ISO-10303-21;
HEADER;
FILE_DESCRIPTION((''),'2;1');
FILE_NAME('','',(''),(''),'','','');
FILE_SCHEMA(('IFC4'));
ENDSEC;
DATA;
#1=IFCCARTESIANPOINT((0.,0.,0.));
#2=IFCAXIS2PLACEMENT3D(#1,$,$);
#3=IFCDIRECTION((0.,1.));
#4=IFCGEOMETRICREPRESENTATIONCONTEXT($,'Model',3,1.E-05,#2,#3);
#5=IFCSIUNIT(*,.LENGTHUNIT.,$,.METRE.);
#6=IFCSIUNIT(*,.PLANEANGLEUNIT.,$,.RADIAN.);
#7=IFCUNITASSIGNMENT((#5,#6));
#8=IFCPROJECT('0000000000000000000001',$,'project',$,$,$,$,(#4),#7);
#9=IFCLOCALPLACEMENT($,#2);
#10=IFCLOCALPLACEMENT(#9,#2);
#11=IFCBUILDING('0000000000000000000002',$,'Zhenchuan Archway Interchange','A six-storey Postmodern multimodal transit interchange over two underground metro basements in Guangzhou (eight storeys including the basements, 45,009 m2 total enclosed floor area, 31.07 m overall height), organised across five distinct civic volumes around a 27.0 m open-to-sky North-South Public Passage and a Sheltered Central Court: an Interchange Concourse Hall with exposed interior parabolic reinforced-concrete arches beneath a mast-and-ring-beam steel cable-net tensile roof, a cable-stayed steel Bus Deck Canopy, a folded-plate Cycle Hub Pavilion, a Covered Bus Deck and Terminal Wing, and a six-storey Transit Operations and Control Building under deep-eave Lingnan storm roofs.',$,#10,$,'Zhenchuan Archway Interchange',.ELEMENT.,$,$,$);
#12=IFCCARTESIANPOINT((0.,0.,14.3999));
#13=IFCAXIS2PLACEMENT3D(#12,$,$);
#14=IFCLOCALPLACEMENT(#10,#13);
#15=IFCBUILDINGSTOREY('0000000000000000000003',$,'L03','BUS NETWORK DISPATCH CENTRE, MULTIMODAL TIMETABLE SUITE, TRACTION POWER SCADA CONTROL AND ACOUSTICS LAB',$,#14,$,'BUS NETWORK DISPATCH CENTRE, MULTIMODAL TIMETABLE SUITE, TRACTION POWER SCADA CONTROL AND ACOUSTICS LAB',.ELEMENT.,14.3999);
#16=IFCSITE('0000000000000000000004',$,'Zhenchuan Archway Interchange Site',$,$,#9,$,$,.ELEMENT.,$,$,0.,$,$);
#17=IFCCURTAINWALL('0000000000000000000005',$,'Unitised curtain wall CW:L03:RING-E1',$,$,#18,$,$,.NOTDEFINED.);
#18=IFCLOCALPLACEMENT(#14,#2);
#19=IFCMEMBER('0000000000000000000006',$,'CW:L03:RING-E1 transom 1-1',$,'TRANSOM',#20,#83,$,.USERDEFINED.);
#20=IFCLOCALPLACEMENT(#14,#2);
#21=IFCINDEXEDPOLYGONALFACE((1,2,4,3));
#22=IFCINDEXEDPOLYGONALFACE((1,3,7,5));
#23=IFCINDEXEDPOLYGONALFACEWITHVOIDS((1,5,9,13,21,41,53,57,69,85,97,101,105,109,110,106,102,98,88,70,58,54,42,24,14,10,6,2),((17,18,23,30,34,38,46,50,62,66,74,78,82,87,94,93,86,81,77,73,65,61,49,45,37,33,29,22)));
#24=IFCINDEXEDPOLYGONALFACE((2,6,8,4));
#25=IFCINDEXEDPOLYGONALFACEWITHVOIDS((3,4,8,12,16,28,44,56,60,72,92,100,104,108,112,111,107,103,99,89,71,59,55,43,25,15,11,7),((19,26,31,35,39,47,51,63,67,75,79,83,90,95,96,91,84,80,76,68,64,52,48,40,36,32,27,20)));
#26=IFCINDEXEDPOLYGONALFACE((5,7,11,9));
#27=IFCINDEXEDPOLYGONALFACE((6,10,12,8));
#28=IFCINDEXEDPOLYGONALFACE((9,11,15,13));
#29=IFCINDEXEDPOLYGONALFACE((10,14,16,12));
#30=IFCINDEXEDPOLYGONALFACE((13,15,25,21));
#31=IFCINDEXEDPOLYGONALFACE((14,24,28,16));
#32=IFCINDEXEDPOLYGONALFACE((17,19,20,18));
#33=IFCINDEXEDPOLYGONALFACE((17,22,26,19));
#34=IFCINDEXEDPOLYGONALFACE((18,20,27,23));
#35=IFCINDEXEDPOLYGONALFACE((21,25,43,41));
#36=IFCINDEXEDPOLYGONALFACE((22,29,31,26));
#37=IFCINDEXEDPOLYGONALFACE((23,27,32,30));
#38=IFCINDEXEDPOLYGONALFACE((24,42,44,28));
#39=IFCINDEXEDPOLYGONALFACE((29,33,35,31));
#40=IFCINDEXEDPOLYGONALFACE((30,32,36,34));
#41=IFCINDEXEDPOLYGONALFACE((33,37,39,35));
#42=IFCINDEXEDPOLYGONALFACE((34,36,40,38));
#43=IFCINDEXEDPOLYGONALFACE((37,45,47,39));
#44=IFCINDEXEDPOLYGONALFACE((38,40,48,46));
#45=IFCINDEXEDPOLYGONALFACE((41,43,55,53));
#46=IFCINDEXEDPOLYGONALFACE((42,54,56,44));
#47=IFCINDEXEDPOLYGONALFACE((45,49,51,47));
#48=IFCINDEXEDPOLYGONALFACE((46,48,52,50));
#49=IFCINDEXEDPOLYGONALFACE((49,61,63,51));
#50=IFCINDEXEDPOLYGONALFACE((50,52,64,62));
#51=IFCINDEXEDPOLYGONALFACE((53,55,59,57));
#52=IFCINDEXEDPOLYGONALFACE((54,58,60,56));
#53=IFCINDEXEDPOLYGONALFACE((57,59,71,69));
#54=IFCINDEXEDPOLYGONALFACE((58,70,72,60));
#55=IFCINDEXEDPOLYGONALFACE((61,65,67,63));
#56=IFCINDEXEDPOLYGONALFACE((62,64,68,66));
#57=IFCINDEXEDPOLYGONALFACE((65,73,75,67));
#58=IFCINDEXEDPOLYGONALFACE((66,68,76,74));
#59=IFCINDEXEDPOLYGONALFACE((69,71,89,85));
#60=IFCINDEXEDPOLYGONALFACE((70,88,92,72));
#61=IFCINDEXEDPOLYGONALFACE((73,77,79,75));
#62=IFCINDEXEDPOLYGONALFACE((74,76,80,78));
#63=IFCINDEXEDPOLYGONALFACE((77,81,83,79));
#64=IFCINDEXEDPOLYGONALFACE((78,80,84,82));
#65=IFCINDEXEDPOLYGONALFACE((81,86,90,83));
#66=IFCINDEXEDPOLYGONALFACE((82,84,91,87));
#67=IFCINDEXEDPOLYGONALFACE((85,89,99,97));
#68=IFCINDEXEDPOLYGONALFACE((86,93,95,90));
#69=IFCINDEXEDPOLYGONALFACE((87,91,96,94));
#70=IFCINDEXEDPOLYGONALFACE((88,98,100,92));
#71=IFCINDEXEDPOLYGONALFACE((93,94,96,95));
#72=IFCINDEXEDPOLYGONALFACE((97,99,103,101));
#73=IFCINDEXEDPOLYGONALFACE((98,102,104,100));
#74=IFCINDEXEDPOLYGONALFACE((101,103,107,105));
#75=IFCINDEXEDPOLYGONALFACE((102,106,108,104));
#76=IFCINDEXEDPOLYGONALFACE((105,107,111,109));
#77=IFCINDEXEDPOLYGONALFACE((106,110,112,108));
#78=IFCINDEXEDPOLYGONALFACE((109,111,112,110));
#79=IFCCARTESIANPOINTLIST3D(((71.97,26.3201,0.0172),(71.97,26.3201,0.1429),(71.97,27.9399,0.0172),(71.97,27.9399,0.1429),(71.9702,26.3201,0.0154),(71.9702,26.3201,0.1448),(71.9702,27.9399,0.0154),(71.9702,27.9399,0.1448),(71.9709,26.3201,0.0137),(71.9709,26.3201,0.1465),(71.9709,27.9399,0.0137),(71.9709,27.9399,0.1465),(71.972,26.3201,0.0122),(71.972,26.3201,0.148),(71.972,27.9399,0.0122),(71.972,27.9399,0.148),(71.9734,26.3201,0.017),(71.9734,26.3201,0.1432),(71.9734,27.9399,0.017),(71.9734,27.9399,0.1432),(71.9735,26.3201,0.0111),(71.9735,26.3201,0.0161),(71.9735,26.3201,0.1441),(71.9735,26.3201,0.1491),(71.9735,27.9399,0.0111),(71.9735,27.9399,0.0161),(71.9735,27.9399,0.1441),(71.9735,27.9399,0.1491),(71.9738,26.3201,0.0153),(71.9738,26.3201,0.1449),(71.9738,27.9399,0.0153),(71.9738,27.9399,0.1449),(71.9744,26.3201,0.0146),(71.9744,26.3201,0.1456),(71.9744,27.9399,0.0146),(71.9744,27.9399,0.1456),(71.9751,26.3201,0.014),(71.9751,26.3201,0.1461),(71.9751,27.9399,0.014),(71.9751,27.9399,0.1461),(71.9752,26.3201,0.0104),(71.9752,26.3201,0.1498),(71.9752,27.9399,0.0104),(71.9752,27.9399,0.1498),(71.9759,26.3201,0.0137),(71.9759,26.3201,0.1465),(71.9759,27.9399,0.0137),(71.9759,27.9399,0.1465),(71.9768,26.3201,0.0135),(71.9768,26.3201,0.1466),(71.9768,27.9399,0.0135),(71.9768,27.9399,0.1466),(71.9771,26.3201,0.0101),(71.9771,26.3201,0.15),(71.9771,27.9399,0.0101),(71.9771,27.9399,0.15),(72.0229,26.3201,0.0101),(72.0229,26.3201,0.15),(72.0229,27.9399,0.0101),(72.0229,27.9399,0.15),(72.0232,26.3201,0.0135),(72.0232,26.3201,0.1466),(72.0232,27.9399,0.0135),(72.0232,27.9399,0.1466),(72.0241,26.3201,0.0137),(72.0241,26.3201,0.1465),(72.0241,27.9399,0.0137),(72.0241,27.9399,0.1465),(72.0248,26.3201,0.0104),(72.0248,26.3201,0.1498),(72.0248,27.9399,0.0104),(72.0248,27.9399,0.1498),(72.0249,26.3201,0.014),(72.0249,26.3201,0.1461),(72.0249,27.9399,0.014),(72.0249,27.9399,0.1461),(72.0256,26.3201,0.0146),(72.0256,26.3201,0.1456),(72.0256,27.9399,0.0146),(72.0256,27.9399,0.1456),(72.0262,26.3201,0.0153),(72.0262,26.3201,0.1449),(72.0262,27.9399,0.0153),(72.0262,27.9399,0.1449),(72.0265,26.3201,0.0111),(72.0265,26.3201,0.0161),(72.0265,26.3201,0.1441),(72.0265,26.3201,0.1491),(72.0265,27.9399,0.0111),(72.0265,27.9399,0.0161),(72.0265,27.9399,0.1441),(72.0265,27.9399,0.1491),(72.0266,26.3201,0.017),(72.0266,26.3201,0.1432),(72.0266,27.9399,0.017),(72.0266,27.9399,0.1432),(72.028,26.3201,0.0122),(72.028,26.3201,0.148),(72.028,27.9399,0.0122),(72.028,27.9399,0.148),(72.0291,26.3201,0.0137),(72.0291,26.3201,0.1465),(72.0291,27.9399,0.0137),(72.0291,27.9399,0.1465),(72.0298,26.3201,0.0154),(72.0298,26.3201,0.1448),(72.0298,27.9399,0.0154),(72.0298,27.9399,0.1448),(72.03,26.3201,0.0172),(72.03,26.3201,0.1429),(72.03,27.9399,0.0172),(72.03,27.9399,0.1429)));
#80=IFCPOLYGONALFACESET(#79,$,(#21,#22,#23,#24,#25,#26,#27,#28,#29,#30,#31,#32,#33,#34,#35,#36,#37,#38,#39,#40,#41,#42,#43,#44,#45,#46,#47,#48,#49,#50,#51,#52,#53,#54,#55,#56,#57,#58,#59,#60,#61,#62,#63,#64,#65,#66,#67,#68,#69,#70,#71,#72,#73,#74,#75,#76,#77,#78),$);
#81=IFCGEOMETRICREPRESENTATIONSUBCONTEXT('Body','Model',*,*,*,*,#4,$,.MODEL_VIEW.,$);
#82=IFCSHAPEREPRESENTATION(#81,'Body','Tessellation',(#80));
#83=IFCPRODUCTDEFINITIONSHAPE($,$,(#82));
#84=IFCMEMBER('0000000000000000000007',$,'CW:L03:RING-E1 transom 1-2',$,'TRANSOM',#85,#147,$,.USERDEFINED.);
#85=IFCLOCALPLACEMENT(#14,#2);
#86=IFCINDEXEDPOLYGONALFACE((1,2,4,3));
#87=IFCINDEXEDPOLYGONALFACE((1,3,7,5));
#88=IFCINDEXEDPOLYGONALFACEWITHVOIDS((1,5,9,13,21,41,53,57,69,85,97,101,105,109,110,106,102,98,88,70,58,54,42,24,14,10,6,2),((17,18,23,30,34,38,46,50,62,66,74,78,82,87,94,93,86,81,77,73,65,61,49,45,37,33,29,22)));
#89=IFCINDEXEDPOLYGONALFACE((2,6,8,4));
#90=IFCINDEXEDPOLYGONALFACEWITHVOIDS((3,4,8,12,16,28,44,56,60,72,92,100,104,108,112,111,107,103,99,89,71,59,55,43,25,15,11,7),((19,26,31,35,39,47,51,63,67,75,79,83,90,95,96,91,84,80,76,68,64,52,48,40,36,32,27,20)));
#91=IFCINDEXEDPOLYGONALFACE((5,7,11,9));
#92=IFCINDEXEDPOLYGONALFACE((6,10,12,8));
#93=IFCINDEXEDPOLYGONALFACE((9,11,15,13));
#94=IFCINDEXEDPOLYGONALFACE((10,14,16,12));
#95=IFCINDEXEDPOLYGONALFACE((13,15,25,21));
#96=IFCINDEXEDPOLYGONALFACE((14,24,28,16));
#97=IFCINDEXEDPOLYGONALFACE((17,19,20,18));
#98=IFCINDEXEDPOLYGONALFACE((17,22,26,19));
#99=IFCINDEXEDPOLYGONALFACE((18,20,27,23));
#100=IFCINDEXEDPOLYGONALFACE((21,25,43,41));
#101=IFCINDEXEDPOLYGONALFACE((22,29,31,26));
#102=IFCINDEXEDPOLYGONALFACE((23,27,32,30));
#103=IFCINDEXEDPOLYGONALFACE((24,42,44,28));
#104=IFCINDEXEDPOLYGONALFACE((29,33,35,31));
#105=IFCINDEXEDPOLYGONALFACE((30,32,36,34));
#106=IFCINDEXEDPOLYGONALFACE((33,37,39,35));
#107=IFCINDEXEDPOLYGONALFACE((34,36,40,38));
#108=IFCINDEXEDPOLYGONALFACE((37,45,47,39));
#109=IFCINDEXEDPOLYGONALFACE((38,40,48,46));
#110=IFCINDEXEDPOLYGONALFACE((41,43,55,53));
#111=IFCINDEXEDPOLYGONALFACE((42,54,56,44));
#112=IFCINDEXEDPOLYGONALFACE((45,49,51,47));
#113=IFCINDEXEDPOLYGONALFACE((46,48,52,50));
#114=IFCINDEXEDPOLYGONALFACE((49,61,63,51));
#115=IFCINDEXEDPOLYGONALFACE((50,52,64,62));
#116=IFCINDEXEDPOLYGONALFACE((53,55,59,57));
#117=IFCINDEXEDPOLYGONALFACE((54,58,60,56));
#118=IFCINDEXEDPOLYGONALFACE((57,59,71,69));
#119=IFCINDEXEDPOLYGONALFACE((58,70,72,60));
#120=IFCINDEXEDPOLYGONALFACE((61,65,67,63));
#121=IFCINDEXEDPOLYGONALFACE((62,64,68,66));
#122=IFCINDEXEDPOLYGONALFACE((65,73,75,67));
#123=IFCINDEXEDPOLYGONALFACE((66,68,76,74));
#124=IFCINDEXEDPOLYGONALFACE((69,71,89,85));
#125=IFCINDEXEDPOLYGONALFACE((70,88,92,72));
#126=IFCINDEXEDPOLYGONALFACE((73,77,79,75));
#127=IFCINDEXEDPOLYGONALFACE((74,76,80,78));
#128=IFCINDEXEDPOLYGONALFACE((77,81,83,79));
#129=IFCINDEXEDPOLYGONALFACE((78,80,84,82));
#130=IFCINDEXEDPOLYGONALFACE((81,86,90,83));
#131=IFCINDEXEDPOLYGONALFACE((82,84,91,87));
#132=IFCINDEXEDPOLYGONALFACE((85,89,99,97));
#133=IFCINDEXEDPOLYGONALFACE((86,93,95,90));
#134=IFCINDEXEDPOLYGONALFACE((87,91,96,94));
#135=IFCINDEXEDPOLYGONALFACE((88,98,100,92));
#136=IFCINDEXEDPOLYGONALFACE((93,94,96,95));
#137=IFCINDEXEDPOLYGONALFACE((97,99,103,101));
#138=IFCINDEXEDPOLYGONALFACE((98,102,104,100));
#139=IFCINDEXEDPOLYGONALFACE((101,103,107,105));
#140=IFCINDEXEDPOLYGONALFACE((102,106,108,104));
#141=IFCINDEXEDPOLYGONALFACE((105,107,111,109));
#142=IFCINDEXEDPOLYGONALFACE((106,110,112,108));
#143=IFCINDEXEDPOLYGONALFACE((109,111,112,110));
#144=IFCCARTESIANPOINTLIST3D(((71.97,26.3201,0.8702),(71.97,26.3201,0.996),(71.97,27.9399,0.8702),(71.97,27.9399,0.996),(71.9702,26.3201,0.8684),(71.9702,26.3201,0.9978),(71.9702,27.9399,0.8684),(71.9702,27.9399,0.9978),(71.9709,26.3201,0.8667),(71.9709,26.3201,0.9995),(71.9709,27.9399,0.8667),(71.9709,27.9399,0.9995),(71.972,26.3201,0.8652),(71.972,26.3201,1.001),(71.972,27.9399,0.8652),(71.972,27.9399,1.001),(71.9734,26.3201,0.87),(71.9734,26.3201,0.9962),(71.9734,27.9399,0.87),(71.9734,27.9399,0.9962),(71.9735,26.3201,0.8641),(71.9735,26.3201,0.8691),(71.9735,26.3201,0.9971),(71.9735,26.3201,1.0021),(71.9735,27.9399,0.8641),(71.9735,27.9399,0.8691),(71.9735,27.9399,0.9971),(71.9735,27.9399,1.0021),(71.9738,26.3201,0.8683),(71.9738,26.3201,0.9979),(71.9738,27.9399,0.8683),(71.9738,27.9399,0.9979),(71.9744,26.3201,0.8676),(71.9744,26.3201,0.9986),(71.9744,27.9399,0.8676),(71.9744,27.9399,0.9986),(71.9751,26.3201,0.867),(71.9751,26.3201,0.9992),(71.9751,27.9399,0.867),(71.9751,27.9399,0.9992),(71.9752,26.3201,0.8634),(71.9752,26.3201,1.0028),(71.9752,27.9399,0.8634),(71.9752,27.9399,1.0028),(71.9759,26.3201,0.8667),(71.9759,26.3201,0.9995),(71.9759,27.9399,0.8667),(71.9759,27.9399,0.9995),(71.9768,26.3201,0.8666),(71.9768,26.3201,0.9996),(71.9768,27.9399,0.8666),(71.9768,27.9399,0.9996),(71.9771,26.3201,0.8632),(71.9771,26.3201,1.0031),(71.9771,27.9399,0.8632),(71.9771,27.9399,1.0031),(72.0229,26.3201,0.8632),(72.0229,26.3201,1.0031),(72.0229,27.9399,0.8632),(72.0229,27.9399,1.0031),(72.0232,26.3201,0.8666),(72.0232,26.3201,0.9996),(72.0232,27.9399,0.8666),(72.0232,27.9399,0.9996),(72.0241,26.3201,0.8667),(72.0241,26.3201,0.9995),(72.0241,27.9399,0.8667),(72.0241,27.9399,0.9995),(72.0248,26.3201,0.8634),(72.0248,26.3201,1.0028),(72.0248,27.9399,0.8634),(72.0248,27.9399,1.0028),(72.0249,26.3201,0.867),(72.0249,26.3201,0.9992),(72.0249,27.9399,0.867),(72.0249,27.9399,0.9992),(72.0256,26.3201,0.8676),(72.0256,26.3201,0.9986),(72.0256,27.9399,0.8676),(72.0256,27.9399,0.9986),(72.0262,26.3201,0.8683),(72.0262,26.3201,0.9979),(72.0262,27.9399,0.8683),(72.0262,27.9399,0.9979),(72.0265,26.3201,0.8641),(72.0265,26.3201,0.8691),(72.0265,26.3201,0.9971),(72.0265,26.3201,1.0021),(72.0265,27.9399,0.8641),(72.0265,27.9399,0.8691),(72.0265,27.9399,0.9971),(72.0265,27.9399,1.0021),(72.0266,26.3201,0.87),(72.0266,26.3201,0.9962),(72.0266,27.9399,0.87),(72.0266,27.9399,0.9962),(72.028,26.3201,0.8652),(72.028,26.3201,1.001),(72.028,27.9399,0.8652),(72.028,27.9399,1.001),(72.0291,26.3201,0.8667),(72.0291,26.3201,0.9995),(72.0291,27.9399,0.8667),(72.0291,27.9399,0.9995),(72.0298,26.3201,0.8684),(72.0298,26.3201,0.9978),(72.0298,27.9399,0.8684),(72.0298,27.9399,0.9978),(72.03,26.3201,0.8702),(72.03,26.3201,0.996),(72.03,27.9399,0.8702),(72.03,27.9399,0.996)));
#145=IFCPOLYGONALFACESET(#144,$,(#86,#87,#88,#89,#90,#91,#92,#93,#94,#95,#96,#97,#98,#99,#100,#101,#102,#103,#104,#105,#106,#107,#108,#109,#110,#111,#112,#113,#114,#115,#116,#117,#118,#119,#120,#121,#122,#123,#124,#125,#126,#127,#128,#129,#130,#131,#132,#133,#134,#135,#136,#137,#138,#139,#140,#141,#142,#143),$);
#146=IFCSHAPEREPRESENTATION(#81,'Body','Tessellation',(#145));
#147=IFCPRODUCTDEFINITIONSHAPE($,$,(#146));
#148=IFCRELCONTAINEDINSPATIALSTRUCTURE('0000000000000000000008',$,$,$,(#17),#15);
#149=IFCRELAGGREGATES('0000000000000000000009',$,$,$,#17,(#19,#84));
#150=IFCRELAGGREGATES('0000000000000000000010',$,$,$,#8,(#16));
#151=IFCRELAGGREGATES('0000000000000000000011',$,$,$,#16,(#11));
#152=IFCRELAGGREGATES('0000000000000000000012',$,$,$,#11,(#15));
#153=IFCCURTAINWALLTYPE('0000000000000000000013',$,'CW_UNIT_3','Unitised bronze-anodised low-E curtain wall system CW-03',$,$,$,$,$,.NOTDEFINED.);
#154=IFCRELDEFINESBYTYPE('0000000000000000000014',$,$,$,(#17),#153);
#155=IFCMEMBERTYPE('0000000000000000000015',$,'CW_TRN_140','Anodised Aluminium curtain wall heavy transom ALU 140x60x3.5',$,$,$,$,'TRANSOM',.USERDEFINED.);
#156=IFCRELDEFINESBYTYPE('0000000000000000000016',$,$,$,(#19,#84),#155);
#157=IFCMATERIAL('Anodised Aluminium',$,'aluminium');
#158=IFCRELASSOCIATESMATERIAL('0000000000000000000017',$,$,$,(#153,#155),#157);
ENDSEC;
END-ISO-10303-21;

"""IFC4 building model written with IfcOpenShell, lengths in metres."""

from ifc_helpers import new_model, si_unit, direction, frame, origin, origin_2d, place, context, subcontext, project, spatial, hollow_rectangle, extrude, material, material_profile, profile_set, type_object, element, aggregate, save


model = new_model("IFC4")

# Units and contexts
model_context = context("Model", 3, precision=1e-05, world=origin(), true_north=direction((0.0, 1.0)))
body_context = subcontext(model_context, "Body", "Model", "MODEL_VIEW")
ifc_project = project(units=[si_unit("LENGTHUNIT", "METRE"), si_unit("PLANEANGLEUNIT", "RADIAN")], contexts=[model_context])

# Site, building, storey
site_placement = place(None, origin())
site = spatial("IfcSite", under=ifc_project, at=site_placement, Name="Zhenchuan Archway Interchange Site", CompositionType="ELEMENT", RefElevation=0.0)
building_placement = place(site_placement, origin())
building = spatial("IfcBuilding", under=site, at=building_placement, Name="Zhenchuan Archway Interchange", Description="A six-storey Postmodern multimodal transit interchange over two underground metro basements in Guangzhou (eight storeys including the basements, 45,009 m2 total enclosed floor area, 31.07 m overall height), organised across five distinct civic volumes around a 27.0 m open-to-sky North-South Public Passage and a Sheltered Central Court: an Interchange Concourse Hall with exposed interior parabolic reinforced-concrete arches beneath a mast-and-ring-beam steel cable-net tensile roof, a cable-stayed steel Bus Deck Canopy, a folded-plate Cycle Hub Pavilion, a Covered Bus Deck and Terminal Wing, and a six-storey Transit Operations and Control Building under deep-eave Lingnan storm roofs.", LongName="Zhenchuan Archway Interchange", CompositionType="ELEMENT")
storey_placement = place(building_placement, frame((0.0, 0.0, 14.3999)))
storey = spatial("IfcBuildingStorey", under=building, at=storey_placement, Name="L03", Description="BUS NETWORK DISPATCH CENTRE, MULTIMODAL TIMETABLE SUITE, TRACTION POWER SCADA CONTROL AND ACOUSTICS LAB", LongName="BUS NETWORK DISPATCH CENTRE, MULTIMODAL TIMETABLE SUITE, TRACTION POWER SCADA CONTROL AND ACOUSTICS LAB", CompositionType="ELEMENT", Elevation=14.3999)

# Curtain wall
ifc_material_1 = material(Name="Anodised Aluminium", Category="aluminium")
curtain_wall_type_1 = type_object("IfcCurtainWallType", Name="CW_UNIT_3", Description="Unitised bronze-anodised low-E curtain wall system CW-03", PredefinedType="NOTDEFINED", material=ifc_material_1)
curtain_wall_1_placement = place(storey_placement, origin())
curtain_wall_1 = element("IfcCurtainWall", 1, at=curtain_wall_1_placement, inside=storey, type_object=curtain_wall_type_1, Name="Unitised curtain wall CW:L03:RING-E1", PredefinedType="NOTDEFINED")

# Members
ifc_material_profile_1 = material_profile(ifc_material_1, hollow_rectangle(XDim=0.0601, YDim=0.1399, WallThickness=0.0034, InnerFilletRadius=0.0034, OuterFilletRadius=0.0071, at=origin_2d()), Name="ALU 140x60x3.5")
ifc_profile_set_1 = profile_set([ifc_material_profile_1], Name="Anodised Aluminium")
member_type_1 = type_object("IfcMemberType", Name="CW_TRN_140", Description="Anodised Aluminium curtain wall heavy transom ALU 140x60x3.5", ElementType="TRANSOM", PredefinedType="USERDEFINED", material=ifc_profile_set_1)
member_1_placement = place(storey_placement, frame((72.0, 26.3201, 0.0801), z_axis=(0.0, 1.0, 0.0), x_axis=(-1.0, 0.0, 0.0)))
member_1 = element("IfcMember", 2, at=member_1_placement, type_object=member_type_1, Name="CW:L03:RING-E1 transom 1-1", ObjectType="TRANSOM", PredefinedType="USERDEFINED", context=body_context, shape_type="SweptSolid", body=[
    extrude(hollow_rectangle(XDim=0.0601, YDim=0.1399, WallThickness=0.0034, InnerFilletRadius=0.0034, OuterFilletRadius=0.0071, at=origin_2d()), origin(), (0.0, 0.0, 1.0), 1.6199),
])
member_2_placement = place(storey_placement, frame((72.0, 26.3201, 0.9331), z_axis=(0.0, 1.0, 0.0), x_axis=(-1.0, 0.0, 0.0)))
member_2 = element("IfcMember", 3, at=member_2_placement, type_object=member_type_1, Name="CW:L03:RING-E1 transom 1-2", ObjectType="TRANSOM", PredefinedType="USERDEFINED", context=body_context, shape_type="SweptSolid", body=[
    extrude(hollow_rectangle(XDim=0.0601, YDim=0.1399, WallThickness=0.0034, InnerFilletRadius=0.0034, OuterFilletRadius=0.0071, at=origin_2d()), origin(), (0.0, 0.0, 1.0), 1.6199),
])

aggregate(curtain_wall_1, [member_1, member_2])

save(model, "model.ifc")
